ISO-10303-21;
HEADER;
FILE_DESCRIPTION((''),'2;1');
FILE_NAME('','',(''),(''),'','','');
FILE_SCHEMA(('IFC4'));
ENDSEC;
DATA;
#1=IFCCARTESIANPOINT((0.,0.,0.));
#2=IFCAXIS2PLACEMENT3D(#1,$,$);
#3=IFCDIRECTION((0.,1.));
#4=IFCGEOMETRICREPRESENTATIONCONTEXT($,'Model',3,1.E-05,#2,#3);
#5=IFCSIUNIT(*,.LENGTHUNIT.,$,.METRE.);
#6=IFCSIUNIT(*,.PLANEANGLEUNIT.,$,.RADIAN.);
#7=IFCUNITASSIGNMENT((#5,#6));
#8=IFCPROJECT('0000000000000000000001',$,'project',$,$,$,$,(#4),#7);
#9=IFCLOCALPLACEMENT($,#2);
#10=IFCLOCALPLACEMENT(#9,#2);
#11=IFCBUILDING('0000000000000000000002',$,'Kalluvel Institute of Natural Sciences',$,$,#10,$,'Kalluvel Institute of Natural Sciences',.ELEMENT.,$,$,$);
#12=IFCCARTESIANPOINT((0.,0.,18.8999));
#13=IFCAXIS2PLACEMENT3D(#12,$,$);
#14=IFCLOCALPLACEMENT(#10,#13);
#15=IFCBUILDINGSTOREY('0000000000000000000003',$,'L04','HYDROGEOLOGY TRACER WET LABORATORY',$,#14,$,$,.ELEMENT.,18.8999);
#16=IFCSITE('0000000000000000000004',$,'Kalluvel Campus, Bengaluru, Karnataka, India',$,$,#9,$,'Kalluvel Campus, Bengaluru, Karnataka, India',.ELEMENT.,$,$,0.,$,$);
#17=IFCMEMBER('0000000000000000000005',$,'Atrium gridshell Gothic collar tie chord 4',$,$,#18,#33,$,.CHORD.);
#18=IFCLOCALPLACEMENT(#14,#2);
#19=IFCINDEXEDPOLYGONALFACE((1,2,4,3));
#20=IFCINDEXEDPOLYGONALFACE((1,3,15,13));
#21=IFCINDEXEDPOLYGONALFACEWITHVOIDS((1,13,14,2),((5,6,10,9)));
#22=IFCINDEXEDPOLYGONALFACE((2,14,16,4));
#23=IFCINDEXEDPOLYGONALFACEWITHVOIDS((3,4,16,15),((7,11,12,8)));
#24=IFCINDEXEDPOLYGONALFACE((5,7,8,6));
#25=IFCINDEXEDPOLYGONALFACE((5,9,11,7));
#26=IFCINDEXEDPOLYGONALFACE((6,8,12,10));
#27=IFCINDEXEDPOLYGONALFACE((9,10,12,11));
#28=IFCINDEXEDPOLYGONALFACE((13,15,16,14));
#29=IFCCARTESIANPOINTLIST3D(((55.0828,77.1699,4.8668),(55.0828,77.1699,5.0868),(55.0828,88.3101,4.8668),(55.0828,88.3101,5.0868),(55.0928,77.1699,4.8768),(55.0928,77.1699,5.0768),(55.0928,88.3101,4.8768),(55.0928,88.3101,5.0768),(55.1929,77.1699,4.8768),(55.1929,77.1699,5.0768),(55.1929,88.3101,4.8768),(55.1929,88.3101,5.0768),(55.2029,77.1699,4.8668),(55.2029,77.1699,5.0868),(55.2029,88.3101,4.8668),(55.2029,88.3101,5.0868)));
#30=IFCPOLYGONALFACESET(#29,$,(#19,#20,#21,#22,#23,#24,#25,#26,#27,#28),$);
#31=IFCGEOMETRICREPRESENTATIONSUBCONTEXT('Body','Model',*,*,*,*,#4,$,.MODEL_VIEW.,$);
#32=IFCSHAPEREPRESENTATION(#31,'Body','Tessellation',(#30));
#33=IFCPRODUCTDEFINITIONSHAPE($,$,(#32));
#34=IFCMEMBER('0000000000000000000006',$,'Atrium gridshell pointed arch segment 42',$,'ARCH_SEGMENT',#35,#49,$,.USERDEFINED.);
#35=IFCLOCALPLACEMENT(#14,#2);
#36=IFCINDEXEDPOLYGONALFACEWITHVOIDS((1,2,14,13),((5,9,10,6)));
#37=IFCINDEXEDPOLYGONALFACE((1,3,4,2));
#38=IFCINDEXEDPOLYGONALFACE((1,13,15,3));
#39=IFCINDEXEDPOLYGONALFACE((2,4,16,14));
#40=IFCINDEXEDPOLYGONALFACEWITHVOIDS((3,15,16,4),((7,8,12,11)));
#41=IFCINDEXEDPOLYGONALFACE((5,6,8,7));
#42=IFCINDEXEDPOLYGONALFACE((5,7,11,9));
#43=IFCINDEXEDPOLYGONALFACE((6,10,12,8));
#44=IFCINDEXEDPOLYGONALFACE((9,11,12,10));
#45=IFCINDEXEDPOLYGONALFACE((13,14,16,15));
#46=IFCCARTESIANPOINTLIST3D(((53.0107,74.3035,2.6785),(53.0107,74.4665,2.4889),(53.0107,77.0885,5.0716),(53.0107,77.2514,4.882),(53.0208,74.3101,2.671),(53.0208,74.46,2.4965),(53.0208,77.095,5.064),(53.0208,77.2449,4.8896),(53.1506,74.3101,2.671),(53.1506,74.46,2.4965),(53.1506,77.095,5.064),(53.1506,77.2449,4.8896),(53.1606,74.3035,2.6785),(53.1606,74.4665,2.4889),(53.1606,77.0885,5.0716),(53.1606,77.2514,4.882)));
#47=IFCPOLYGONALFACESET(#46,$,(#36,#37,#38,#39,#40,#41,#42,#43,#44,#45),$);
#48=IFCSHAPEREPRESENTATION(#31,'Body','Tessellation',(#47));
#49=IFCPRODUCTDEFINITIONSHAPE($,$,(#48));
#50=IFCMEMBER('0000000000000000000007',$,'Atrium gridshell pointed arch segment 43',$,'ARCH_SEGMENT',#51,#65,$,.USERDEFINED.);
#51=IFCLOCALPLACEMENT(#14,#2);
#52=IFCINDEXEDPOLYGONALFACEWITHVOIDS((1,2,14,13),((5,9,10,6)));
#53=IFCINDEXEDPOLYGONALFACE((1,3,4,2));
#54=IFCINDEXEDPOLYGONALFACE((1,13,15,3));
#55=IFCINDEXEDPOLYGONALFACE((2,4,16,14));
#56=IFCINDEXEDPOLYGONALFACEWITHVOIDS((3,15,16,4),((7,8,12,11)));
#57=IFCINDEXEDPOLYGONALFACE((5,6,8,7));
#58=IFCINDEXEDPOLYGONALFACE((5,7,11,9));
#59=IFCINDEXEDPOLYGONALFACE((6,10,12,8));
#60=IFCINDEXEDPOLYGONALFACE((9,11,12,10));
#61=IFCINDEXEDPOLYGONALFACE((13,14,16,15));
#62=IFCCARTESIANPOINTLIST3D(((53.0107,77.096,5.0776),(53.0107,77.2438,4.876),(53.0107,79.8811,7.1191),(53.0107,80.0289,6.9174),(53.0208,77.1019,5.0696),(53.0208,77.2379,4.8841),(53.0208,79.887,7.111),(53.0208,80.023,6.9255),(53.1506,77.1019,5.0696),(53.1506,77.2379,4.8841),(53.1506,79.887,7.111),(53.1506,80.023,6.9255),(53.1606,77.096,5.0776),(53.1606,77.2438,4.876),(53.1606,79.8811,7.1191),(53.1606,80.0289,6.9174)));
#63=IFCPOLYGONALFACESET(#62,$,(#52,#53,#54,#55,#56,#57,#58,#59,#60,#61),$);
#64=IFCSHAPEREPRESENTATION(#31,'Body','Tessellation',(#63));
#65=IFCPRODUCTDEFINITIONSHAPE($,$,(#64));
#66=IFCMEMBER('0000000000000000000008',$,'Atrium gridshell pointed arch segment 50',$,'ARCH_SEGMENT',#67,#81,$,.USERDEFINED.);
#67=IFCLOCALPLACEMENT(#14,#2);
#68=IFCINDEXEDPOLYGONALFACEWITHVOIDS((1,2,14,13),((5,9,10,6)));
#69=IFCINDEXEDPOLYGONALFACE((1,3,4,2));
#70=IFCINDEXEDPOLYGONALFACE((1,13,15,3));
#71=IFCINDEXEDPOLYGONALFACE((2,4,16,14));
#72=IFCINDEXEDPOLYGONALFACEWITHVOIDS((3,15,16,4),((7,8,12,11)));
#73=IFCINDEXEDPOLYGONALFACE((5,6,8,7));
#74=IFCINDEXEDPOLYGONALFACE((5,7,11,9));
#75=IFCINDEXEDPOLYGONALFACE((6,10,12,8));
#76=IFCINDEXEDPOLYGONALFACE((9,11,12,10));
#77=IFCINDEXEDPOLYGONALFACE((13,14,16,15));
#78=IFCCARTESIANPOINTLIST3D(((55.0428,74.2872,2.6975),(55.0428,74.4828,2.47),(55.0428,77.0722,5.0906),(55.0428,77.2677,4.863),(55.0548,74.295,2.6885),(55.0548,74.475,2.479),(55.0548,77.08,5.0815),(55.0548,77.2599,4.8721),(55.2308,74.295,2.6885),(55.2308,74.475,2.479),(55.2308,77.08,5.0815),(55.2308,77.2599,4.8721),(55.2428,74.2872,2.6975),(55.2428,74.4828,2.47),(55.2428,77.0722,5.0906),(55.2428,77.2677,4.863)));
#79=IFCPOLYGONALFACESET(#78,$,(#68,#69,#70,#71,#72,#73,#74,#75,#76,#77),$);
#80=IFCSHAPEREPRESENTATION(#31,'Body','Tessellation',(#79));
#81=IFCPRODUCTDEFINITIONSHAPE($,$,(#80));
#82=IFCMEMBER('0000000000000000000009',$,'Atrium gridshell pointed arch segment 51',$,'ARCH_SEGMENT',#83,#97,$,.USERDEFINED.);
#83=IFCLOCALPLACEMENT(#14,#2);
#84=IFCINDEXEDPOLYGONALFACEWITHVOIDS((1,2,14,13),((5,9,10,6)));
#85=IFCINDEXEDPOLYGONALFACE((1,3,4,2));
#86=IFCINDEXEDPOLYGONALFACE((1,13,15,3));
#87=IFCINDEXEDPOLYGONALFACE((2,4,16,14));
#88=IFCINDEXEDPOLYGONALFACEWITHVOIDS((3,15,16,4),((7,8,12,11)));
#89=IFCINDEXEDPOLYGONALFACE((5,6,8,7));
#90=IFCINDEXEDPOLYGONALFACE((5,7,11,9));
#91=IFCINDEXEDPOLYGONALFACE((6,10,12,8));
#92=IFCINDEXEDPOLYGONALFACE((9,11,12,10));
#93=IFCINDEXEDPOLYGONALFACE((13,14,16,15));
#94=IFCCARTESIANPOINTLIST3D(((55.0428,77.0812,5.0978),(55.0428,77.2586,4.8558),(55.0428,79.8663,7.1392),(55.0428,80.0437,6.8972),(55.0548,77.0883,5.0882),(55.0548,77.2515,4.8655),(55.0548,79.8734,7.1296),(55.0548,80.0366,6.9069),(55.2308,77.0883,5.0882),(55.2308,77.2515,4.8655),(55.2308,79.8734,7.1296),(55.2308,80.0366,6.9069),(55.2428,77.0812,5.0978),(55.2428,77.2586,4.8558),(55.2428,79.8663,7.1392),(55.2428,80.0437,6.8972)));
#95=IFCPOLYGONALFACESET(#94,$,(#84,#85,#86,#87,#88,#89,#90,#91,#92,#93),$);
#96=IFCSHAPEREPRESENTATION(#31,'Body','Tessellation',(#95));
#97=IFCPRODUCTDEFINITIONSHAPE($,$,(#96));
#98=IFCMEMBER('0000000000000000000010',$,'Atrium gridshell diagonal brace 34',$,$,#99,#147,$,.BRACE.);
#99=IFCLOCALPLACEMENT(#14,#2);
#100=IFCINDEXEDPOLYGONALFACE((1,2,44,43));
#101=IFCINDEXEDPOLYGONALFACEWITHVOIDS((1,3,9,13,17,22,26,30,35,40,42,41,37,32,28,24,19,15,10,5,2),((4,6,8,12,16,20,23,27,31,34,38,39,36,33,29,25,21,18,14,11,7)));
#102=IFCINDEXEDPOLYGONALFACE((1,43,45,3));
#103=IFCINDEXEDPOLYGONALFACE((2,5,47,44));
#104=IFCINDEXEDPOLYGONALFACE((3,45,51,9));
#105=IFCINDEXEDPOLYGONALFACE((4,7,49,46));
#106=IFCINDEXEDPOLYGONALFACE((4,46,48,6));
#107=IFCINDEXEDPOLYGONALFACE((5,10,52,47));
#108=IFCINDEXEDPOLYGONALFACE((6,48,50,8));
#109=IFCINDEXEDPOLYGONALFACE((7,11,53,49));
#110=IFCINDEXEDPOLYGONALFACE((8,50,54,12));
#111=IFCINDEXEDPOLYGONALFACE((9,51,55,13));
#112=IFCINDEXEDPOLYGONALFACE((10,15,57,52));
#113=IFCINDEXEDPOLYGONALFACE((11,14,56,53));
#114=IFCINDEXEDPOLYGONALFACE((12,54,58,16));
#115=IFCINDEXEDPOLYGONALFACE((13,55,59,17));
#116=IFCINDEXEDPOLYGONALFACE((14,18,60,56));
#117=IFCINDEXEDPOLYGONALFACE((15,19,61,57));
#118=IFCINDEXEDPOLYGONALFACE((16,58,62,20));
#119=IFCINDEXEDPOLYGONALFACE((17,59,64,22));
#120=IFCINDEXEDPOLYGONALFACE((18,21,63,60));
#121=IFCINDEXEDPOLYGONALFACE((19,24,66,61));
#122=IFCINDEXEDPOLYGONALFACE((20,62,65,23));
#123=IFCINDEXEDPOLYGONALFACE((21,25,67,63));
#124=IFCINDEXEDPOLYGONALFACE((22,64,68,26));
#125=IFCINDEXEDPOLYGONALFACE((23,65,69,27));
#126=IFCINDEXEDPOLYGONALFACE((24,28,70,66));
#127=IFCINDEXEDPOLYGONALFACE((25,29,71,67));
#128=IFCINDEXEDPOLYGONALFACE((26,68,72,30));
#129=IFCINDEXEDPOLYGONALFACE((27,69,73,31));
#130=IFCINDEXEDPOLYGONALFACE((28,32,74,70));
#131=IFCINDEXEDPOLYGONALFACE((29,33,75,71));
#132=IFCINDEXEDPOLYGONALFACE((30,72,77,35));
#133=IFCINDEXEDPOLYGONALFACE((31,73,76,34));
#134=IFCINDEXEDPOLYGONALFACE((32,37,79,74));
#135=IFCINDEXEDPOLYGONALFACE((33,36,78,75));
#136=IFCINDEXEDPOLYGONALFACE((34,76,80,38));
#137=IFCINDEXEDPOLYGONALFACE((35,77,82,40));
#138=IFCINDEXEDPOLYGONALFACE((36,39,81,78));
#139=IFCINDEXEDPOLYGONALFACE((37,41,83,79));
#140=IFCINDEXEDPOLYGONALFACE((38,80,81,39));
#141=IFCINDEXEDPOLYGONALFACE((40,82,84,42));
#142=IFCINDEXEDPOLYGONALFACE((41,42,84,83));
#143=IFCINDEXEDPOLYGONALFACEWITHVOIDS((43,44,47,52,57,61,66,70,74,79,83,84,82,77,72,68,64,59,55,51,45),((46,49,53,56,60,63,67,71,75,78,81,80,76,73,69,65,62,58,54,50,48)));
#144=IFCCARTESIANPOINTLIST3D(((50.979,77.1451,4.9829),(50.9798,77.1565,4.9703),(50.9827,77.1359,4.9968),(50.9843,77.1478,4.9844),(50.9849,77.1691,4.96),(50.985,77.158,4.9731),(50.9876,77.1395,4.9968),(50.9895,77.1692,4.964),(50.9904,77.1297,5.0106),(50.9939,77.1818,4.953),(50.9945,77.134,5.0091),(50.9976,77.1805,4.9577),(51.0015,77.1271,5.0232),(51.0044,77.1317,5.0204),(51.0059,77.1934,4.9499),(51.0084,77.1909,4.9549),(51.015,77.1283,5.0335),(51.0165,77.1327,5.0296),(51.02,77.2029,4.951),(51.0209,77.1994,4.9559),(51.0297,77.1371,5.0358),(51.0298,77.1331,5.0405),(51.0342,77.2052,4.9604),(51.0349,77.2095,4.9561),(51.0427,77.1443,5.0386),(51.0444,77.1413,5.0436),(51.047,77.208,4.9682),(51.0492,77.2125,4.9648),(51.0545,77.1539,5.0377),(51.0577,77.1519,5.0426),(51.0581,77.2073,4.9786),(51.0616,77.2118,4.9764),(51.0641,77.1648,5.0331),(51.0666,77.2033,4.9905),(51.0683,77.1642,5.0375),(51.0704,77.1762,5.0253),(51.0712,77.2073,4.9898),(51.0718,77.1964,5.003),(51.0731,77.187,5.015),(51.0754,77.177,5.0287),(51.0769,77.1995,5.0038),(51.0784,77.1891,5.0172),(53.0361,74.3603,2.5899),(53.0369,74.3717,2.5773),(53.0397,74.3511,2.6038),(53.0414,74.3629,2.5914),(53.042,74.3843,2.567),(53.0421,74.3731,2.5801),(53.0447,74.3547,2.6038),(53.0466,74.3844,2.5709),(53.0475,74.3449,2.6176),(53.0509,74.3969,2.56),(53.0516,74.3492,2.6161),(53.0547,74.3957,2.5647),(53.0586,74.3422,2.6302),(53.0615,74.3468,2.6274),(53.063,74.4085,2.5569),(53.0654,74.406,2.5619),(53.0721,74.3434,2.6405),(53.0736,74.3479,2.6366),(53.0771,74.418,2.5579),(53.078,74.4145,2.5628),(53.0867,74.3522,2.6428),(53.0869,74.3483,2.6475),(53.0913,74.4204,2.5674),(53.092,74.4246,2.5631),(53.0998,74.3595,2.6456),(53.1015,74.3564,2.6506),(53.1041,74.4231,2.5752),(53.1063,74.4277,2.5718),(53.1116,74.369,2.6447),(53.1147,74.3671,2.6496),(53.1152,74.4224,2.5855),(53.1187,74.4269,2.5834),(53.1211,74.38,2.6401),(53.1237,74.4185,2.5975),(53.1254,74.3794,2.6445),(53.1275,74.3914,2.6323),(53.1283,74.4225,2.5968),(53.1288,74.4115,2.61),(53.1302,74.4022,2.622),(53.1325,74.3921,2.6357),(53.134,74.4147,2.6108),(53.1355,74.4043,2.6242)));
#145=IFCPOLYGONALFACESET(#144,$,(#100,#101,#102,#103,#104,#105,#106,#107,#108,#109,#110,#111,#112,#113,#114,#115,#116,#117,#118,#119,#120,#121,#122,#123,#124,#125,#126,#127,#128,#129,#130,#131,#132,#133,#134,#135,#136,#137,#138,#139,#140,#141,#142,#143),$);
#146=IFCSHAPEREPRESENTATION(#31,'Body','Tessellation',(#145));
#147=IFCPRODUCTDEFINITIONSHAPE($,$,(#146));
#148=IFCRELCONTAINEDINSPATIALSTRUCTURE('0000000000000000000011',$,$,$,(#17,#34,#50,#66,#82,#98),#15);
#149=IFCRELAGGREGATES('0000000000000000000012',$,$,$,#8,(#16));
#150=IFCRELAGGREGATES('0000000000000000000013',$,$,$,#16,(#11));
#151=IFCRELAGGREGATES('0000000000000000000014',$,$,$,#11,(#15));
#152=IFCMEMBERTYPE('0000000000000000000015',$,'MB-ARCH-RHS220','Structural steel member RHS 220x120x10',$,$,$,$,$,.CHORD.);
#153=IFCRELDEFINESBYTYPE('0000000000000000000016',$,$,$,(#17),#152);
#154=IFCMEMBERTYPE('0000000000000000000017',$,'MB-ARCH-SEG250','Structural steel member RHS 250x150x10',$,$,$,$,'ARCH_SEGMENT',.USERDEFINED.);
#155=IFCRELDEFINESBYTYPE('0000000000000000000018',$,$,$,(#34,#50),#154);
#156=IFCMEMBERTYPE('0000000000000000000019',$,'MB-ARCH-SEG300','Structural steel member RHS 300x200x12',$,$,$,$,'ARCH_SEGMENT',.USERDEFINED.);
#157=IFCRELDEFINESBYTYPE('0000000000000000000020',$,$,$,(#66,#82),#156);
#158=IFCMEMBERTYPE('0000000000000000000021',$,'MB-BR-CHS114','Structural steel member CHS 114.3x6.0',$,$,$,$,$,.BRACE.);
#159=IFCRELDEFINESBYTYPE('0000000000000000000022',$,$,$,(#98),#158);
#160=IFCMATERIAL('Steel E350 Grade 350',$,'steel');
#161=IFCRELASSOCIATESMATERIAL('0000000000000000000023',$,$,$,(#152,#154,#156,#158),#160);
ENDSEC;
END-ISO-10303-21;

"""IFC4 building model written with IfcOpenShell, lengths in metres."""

from ifc_helpers import new_model, si_unit, direction, frame, origin, origin_2d, place, context, subcontext, project, spatial, hollow_rectangle, hollow_circle, extrude, material, material_profile, profile_set, type_object, element, save


model = new_model("IFC4")

# Units and contexts
model_context = context("Model", 3, precision=1e-05, world=origin(), true_north=direction((0.0, 1.0)))
body_context = subcontext(model_context, "Body", "Model", "MODEL_VIEW")
ifc_project = project(units=[si_unit("LENGTHUNIT", "METRE"), si_unit("PLANEANGLEUNIT", "RADIAN")], contexts=[model_context])

# Site, building, storey
site_placement = place(None, origin())
site = spatial("IfcSite", under=ifc_project, at=site_placement, Name="Kalluvel Campus, Bengaluru, Karnataka, India", LongName="Kalluvel Campus, Bengaluru, Karnataka, India", CompositionType="ELEMENT", RefElevation=0.0)
building_placement = place(site_placement, origin())
building = spatial("IfcBuilding", under=site, at=building_placement, Name="Kalluvel Institute of Natural Sciences", LongName="Kalluvel Institute of Natural Sciences", CompositionType="ELEMENT")
storey_placement = place(building_placement, frame((0.0, 0.0, 18.8999)))
storey = spatial("IfcBuildingStorey", under=building, at=storey_placement, Name="L04", Description="HYDROGEOLOGY TRACER WET LABORATORY", CompositionType="ELEMENT", Elevation=18.8999)

# Members
ifc_material_1 = material(Name="Steel E350 Grade 350", Category="steel")
ifc_material_profile_1 = material_profile(ifc_material_1, hollow_rectangle(XDim=0.1201, YDim=0.22, WallThickness=0.01, at=origin_2d()), Name="RHS 220x120x10")
ifc_profile_set_1 = profile_set([ifc_material_profile_1], Name="Steel E350 Grade 350")
member_type_1 = type_object("IfcMemberType", Name="MB-ARCH-RHS220", Description="Structural steel member RHS 220x120x10", PredefinedType="CHORD", material=ifc_profile_set_1)
member_1_placement = place(storey_placement, frame((55.1428, 77.1699, 4.9768), z_axis=(0.0, 1.0, 0.0), x_axis=(-1.0, 0.0, 0.0)))
element("IfcMember", 1, at=member_1_placement, inside=storey, type_object=member_type_1, Name="Atrium gridshell Gothic collar tie chord 4", PredefinedType="CHORD", context=body_context, shape_type="SweptSolid", body=[
    extrude(hollow_rectangle(XDim=0.1201, YDim=0.22, WallThickness=0.01, at=origin_2d()), origin(), (0.0, 0.0, 1.0), 11.1401),
])
ifc_material_profile_2 = material_profile(ifc_material_1, hollow_rectangle(XDim=0.1499, YDim=0.25, WallThickness=0.01, at=origin_2d()), Name="RHS 250x150x10")
ifc_profile_set_2 = profile_set([ifc_material_profile_2], Name="Steel E350 Grade 350")
member_type_2 = type_object("IfcMemberType", Name="MB-ARCH-SEG250", Description="Structural steel member RHS 250x150x10", ElementType="ARCH_SEGMENT", PredefinedType="USERDEFINED", material=ifc_profile_set_2)
member_2_placement = place(storey_placement, frame((53.0857, 74.385, 2.5837), z_axis=(0.0, 0.758449, 0.651733), x_axis=(-1.0, 0.0, 0.0)))
element("IfcMember", 2, at=member_2_placement, inside=storey, type_object=member_type_2, Name="Atrium gridshell pointed arch segment 42", ObjectType="ARCH_SEGMENT", PredefinedType="USERDEFINED", context=body_context, shape_type="SweptSolid", body=[
    extrude(hollow_rectangle(XDim=0.1499, YDim=0.25, WallThickness=0.01, at=origin_2d()), origin(), (0.0, 0.0, 1.0), 3.6719),
])
member_3_placement = place(storey_placement, frame((53.0857, 77.1699, 4.9768), z_axis=(0.0, 0.806535, 0.591186), x_axis=(-1.0, 0.0, 0.0)))
element("IfcMember", 3, at=member_3_placement, inside=storey, type_object=member_type_2, Name="Atrium gridshell pointed arch segment 43", ObjectType="ARCH_SEGMENT", PredefinedType="USERDEFINED", context=body_context, shape_type="SweptSolid", body=[
    extrude(hollow_rectangle(XDim=0.1499, YDim=0.25, WallThickness=0.01, at=origin_2d()), origin(), (0.0, 0.0, 1.0), 3.4531),
])
ifc_material_profile_3 = material_profile(ifc_material_1, hollow_rectangle(XDim=0.2, YDim=0.3, WallThickness=0.012, at=origin_2d()), Name="RHS 300x200x12")
ifc_profile_set_3 = profile_set([ifc_material_profile_3], Name="Steel E350 Grade 350")
member_type_3 = type_object("IfcMemberType", Name="MB-ARCH-SEG300", Description="Structural steel member RHS 300x200x12", ElementType="ARCH_SEGMENT", PredefinedType="USERDEFINED", material=ifc_profile_set_3)
member_4_placement = place(storey_placement, frame((55.1428, 74.385, 2.5837), z_axis=(0.0, 0.758449, 0.651733), x_axis=(-1.0, 0.0, 0.0)))
element("IfcMember", 4, at=member_4_placement, inside=storey, type_object=member_type_3, Name="Atrium gridshell pointed arch segment 50", ObjectType="ARCH_SEGMENT", PredefinedType="USERDEFINED", context=body_context, shape_type="SweptSolid", body=[
    extrude(hollow_rectangle(XDim=0.2, YDim=0.3, WallThickness=0.012, at=origin_2d()), origin(), (0.0, 0.0, 1.0), 3.6719),
])
member_5_placement = place(storey_placement, frame((55.1428, 77.1699, 4.9768), z_axis=(0.0, 0.806535, 0.591186), x_axis=(-1.0, 0.0, 0.0)))
element("IfcMember", 5, at=member_5_placement, inside=storey, type_object=member_type_3, Name="Atrium gridshell pointed arch segment 51", ObjectType="ARCH_SEGMENT", PredefinedType="USERDEFINED", context=body_context, shape_type="SweptSolid", body=[
    extrude(hollow_rectangle(XDim=0.2, YDim=0.3, WallThickness=0.012, at=origin_2d()), origin(), (0.0, 0.0, 1.0), 3.4531),
])
ifc_material_profile_4 = material_profile(ifc_material_1, hollow_circle(Radius=0.0571, WallThickness=0.0061, at=origin_2d()), Name="CHS 114.3x6.0")
ifc_profile_set_4 = profile_set([ifc_material_profile_4], Name="Steel E350 Grade 350")
member_type_4 = type_object("IfcMemberType", Name="MB-BR-CHS114", Description="Structural steel member CHS 114.3x6.0", PredefinedType="BRACE", material=ifc_profile_set_4)
member_6_placement = place(storey_placement, frame((53.0857, 74.385, 2.6038), z_axis=(-0.488765, 0.661683, 0.568582), x_axis=(-0.804353, -0.594151, 0.0)))
element("IfcMember", 6, at=member_6_placement, inside=storey, type_object=member_type_4, Name="Atrium gridshell diagonal brace 34", PredefinedType="BRACE", context=body_context, shape_type="SweptSolid", body=[
    extrude(hollow_circle(Radius=0.0571, WallThickness=0.0061, at=origin_2d()), origin(), (0.0, 0.0, 1.0), 4.2087),
])

save(model, "model.ifc")
